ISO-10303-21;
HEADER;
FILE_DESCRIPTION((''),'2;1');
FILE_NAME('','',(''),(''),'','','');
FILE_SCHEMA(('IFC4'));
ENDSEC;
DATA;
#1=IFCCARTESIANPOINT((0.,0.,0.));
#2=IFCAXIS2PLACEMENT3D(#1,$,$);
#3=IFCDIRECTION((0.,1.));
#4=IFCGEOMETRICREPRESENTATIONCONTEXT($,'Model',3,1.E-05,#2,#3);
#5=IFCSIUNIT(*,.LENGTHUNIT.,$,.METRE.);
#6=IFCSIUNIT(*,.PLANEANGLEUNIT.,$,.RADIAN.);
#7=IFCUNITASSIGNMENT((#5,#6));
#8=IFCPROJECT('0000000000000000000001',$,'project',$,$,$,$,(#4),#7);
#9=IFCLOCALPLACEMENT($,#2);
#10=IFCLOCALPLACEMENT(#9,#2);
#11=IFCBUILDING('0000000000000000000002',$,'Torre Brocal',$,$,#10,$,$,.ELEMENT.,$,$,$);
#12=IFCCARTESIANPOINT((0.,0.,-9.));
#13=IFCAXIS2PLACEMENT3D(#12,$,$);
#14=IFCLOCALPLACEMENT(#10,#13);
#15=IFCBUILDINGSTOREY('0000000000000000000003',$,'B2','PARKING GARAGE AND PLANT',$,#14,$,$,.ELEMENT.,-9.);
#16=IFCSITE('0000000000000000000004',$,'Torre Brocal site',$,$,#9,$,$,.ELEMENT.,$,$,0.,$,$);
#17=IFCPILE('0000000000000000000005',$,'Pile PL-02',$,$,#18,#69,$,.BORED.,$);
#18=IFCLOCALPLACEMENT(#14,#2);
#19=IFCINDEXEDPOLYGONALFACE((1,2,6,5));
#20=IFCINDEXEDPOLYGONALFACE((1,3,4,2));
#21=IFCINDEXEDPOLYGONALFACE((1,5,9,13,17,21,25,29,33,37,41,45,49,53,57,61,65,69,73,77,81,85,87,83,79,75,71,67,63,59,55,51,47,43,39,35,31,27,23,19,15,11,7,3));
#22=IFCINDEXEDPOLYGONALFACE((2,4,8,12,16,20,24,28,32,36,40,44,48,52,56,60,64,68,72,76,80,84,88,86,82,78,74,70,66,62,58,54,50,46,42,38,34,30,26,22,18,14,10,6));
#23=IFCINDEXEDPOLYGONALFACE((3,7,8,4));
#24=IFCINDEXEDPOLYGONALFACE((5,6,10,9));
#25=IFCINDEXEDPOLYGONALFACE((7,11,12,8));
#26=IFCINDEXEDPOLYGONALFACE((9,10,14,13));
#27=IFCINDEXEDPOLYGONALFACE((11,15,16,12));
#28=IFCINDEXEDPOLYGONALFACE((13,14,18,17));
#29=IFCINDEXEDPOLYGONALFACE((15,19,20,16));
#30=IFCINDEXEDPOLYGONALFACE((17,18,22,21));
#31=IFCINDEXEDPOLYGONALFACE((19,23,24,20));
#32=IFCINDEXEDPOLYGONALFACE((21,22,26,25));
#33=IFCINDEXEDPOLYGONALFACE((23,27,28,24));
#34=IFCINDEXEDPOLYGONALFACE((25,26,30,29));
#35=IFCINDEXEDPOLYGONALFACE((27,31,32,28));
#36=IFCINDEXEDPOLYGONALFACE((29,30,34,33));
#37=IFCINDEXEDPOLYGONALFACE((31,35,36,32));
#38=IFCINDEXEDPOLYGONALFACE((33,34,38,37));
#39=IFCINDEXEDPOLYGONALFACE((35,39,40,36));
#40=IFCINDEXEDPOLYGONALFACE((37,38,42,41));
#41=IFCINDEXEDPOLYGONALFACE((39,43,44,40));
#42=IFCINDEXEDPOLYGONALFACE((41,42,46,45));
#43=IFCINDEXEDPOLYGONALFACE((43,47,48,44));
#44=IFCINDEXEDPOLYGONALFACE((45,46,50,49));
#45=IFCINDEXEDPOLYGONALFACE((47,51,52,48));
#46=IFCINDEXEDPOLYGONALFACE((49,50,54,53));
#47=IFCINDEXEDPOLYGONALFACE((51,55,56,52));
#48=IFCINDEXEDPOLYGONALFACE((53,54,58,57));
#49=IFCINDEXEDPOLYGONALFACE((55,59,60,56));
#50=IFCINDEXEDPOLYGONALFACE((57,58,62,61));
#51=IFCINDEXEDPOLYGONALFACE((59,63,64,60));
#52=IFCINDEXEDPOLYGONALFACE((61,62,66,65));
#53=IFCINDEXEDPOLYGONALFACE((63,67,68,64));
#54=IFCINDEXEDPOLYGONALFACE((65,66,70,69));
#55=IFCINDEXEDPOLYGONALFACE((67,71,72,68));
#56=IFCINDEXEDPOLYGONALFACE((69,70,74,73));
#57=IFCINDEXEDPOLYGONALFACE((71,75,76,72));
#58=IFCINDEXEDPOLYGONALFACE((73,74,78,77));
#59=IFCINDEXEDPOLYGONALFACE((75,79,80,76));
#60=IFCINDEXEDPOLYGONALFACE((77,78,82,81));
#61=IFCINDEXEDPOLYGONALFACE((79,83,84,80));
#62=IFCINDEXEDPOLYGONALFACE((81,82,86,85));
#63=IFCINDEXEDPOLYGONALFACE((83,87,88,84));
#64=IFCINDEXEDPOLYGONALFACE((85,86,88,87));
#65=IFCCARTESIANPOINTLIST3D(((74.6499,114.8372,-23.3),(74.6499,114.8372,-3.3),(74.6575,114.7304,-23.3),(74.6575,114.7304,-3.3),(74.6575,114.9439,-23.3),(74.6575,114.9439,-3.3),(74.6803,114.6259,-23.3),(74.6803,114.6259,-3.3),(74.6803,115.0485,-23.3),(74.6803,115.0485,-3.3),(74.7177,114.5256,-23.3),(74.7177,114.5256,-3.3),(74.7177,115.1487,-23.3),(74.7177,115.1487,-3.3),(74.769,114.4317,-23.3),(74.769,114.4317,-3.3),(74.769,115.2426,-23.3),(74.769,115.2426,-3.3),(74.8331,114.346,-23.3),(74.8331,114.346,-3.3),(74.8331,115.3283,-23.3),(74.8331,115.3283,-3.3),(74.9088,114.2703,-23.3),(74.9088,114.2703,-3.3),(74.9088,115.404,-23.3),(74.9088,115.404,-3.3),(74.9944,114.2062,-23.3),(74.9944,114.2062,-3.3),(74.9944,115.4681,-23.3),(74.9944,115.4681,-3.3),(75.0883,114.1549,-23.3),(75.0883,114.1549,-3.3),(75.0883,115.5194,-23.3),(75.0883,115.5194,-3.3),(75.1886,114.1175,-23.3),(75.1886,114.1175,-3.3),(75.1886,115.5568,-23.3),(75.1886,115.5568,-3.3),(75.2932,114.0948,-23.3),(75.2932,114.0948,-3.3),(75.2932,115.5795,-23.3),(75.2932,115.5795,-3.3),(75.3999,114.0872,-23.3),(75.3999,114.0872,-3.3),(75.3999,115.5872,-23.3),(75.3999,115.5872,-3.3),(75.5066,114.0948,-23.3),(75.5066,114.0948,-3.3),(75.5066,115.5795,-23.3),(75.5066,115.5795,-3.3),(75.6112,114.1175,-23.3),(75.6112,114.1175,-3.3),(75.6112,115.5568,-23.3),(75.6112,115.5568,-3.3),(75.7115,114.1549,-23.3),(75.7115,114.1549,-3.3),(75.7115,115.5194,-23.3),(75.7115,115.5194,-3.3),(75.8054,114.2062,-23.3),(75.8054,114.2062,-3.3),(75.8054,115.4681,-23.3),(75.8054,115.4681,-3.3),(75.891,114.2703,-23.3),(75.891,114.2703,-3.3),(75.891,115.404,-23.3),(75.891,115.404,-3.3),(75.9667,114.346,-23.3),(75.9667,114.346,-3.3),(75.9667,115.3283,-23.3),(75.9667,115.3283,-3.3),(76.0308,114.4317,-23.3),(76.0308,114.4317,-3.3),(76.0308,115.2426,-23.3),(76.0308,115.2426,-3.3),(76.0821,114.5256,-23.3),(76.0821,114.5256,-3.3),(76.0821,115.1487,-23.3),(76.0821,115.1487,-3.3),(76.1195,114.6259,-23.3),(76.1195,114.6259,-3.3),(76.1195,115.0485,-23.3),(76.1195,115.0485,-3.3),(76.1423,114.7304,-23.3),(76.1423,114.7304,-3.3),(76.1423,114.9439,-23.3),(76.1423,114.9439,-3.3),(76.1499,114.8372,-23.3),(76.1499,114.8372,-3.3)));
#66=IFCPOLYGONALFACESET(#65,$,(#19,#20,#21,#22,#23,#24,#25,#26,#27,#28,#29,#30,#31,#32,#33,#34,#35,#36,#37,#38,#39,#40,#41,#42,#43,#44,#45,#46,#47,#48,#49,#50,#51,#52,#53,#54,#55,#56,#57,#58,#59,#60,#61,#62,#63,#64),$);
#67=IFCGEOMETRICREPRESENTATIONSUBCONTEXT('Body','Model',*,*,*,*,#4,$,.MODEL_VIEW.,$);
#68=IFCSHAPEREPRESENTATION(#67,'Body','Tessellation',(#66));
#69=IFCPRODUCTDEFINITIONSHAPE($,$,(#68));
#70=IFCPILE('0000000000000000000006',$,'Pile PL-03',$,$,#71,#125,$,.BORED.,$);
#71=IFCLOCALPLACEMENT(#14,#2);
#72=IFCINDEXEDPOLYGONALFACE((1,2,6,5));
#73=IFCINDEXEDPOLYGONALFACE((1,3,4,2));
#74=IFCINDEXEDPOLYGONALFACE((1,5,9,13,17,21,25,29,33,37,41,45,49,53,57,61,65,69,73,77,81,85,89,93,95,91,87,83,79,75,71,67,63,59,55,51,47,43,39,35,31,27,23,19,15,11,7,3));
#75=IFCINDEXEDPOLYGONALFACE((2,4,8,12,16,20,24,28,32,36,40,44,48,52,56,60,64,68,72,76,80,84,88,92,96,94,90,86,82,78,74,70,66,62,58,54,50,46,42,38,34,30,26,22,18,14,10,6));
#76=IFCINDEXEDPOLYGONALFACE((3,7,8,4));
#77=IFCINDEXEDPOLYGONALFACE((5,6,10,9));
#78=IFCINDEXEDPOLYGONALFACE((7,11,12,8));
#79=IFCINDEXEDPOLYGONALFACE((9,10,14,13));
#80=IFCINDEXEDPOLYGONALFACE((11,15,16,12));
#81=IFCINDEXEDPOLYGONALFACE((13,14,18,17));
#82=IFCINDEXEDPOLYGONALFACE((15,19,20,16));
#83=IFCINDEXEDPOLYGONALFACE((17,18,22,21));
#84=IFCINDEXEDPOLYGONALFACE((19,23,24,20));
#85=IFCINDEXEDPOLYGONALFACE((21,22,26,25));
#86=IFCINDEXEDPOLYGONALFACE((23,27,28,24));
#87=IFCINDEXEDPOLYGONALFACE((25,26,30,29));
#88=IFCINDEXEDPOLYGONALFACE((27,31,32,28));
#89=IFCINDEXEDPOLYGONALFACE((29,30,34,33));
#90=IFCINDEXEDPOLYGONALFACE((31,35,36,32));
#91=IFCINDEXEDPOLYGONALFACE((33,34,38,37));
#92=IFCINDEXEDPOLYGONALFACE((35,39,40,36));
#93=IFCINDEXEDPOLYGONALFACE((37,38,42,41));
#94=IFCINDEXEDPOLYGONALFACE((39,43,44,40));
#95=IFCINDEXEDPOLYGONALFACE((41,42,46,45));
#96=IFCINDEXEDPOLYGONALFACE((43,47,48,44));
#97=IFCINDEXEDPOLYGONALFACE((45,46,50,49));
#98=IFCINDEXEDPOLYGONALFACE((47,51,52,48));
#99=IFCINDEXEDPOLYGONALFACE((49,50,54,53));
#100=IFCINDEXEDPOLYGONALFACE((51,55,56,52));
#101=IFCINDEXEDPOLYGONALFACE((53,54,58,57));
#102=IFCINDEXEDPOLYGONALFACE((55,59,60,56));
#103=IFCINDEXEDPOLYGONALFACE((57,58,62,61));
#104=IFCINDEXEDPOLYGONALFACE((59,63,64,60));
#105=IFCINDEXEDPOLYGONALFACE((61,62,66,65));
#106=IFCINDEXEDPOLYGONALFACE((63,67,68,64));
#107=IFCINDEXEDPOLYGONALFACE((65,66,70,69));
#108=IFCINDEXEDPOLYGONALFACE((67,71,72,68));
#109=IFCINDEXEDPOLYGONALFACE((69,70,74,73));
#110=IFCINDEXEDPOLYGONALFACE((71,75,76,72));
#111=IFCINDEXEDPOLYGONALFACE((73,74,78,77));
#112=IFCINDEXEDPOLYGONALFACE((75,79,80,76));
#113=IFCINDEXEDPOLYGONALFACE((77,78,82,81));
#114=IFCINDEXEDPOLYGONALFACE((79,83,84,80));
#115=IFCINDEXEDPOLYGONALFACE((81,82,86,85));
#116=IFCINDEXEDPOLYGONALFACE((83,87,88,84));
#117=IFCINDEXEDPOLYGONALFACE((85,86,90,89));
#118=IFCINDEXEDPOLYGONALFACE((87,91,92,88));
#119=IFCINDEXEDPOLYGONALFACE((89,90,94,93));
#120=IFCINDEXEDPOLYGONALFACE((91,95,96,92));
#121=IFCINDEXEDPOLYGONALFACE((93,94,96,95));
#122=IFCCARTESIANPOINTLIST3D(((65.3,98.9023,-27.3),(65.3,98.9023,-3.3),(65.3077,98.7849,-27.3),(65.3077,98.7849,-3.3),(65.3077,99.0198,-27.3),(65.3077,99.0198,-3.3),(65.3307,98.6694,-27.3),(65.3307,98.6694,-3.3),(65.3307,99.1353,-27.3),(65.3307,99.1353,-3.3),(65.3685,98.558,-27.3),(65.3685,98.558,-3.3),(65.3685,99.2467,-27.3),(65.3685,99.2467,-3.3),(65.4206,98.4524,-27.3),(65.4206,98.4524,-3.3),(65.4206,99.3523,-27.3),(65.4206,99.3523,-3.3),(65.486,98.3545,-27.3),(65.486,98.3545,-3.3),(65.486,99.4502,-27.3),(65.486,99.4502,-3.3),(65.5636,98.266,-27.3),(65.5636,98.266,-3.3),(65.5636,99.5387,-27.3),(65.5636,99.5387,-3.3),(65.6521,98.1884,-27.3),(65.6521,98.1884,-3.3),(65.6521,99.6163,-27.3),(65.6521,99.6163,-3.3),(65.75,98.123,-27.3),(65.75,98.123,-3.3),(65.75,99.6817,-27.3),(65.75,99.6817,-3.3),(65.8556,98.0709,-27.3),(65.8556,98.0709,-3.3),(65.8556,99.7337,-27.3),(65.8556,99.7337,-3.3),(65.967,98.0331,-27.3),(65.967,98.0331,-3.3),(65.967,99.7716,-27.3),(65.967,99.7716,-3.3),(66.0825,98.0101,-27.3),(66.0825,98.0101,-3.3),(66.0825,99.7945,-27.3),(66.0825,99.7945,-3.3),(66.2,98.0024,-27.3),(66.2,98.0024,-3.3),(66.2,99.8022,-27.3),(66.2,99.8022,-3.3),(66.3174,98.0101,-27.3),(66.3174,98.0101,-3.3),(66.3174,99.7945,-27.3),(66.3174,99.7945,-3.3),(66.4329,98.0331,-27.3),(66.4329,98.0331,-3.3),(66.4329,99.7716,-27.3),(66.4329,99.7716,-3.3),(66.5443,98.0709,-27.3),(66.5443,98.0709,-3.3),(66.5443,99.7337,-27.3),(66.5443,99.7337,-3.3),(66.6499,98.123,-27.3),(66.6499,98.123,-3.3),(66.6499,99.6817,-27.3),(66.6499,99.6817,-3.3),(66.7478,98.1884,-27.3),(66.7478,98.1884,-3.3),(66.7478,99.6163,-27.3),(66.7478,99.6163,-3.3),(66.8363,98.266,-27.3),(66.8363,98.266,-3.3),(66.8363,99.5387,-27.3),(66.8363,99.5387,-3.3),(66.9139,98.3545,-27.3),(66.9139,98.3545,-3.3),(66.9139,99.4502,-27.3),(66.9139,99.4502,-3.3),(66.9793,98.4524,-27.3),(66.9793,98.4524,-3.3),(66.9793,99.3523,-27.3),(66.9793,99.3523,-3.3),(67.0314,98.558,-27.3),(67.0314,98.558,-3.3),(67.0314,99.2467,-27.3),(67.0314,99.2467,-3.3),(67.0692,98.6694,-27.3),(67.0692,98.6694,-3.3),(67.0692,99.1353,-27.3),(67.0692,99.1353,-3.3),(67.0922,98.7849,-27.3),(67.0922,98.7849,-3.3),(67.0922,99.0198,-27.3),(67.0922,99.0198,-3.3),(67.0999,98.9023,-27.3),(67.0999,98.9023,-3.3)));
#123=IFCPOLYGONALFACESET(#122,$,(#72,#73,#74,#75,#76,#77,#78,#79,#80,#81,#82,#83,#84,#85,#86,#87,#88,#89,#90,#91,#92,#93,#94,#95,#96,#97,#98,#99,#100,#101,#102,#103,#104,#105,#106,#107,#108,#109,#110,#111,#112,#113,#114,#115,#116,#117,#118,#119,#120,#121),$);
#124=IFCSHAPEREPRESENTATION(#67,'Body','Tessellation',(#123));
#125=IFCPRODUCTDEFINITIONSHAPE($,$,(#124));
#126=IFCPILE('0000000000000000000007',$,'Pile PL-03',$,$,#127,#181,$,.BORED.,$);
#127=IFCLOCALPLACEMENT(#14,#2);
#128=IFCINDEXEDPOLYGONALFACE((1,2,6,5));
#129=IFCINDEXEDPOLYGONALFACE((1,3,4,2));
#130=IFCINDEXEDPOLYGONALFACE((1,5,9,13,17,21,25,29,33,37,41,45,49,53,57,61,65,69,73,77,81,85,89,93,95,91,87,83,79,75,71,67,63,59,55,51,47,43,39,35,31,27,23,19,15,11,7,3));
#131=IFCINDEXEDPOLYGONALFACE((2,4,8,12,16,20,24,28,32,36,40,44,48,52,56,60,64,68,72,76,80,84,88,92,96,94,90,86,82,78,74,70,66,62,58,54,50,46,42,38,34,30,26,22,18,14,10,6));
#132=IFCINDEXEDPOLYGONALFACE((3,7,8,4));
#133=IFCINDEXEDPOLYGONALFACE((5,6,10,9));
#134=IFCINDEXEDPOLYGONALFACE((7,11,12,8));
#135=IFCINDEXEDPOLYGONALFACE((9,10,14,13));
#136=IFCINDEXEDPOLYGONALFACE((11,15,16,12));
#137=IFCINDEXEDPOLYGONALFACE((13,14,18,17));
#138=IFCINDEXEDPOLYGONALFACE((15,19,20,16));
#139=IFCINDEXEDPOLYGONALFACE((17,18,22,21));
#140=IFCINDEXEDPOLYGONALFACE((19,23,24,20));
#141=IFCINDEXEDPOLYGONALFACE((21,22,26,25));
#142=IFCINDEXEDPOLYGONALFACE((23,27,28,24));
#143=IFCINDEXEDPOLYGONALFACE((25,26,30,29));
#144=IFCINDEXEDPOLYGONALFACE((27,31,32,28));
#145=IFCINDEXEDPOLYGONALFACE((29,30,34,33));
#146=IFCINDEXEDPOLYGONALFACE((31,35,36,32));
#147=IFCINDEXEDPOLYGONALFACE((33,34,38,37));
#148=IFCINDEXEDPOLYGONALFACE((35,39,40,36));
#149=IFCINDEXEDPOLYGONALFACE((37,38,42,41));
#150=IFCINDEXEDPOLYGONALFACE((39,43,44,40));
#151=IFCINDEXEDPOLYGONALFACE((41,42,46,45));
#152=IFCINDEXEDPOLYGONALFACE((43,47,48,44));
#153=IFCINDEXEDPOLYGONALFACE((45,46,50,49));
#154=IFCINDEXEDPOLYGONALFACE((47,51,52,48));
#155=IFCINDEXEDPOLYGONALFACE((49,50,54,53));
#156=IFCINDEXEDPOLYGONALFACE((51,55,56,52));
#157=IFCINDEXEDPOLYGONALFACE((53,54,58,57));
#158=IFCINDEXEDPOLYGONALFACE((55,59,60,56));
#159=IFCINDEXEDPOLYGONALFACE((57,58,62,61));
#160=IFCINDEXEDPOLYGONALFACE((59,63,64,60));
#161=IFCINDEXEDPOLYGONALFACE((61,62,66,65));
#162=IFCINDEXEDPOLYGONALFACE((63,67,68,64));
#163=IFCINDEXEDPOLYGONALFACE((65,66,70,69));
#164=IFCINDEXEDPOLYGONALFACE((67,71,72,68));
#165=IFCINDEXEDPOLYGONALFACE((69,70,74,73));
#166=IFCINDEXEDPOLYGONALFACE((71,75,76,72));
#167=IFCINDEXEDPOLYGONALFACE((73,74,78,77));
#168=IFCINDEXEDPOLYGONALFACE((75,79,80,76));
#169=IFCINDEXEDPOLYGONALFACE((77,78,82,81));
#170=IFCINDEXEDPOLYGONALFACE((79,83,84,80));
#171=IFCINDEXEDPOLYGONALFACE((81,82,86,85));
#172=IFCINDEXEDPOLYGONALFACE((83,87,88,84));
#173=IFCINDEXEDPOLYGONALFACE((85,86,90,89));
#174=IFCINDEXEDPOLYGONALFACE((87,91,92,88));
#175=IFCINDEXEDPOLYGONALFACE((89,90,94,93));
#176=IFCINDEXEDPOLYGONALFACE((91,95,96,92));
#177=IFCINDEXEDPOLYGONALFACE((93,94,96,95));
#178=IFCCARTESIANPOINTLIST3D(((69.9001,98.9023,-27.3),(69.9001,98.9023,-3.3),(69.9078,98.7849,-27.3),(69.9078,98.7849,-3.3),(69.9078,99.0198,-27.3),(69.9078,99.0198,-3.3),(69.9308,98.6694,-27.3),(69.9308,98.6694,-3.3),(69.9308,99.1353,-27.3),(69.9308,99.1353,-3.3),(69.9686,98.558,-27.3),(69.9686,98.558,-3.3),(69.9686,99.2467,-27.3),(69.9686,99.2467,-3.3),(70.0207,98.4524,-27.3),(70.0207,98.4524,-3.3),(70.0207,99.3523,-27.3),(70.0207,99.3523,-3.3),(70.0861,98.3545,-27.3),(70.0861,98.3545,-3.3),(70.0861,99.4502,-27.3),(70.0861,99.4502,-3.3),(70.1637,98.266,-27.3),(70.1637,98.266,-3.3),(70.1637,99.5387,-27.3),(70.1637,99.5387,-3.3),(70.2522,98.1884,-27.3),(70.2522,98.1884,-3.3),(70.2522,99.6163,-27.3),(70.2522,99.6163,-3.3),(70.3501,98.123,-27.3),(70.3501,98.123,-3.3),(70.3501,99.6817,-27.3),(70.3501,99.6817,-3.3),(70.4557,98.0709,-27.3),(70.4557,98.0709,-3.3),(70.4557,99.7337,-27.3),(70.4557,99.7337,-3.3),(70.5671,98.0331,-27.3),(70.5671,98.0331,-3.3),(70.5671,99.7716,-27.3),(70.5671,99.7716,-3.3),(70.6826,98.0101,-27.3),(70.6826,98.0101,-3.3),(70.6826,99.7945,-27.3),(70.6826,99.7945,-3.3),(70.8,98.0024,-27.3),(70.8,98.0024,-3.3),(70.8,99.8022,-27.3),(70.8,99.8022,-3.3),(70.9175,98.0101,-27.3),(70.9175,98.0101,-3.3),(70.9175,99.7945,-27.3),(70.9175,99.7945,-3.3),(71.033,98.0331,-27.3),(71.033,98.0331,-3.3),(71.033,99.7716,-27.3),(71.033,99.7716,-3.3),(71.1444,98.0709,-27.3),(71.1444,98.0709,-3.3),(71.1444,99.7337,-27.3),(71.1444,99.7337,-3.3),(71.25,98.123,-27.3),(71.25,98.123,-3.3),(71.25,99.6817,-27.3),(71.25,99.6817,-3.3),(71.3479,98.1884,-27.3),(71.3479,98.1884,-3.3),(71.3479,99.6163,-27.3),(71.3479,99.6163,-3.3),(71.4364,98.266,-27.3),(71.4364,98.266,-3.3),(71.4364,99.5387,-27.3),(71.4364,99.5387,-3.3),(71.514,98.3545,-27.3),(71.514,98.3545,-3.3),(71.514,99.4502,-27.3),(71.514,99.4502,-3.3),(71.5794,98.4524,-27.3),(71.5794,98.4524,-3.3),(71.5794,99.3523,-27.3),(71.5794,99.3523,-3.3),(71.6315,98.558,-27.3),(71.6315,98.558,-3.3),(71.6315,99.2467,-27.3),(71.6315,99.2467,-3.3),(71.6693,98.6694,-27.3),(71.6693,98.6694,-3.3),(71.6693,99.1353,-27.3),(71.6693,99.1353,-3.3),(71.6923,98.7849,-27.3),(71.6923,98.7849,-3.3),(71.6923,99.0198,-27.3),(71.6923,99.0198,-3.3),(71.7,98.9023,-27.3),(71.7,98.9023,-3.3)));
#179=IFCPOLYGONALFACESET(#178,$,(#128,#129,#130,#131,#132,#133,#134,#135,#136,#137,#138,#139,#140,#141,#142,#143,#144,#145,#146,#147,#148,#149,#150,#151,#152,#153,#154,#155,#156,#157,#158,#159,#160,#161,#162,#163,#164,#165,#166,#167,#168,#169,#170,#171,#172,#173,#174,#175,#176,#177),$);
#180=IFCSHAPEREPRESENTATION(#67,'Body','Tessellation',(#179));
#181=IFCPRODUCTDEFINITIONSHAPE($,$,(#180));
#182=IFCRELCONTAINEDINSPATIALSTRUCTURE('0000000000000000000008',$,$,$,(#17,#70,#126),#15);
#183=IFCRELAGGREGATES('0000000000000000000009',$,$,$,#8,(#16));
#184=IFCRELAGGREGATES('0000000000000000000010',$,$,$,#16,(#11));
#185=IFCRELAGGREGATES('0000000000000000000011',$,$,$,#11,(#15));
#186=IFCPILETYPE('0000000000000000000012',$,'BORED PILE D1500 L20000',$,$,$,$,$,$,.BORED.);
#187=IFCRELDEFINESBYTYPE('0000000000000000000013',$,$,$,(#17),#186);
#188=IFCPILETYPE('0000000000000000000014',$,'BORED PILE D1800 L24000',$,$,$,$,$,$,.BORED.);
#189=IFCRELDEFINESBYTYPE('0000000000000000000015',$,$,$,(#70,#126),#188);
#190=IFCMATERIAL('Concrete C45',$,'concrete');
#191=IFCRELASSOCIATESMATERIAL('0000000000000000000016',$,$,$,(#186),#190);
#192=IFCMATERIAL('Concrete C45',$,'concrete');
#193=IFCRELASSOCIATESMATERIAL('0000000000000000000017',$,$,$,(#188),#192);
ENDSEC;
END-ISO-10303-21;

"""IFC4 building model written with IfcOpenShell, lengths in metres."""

from ifc_helpers import new_model, si_unit, direction, frame, origin, origin_2d, place, context, subcontext, project, spatial, circle, extrude, material, material_profile, profile_set, type_object, element, save


model = new_model("IFC4")

# Units and contexts
model_context = context("Model", 3, precision=1e-05, world=origin(), true_north=direction((0.0, 1.0)))
body_context = subcontext(model_context, "Body", "Model", "MODEL_VIEW")
ifc_project = project(units=[si_unit("LENGTHUNIT", "METRE"), si_unit("PLANEANGLEUNIT", "RADIAN")], contexts=[model_context])

# Site, building, storey
site_placement = place(None, origin())
site = spatial("IfcSite", under=ifc_project, at=site_placement, Name="Torre Brocal site", CompositionType="ELEMENT", RefElevation=0.0)
building_placement = place(site_placement, origin())
building = spatial("IfcBuilding", under=site, at=building_placement, Name="Torre Brocal", CompositionType="ELEMENT")
storey_placement = place(building_placement, frame((0.0, 0.0, -9.0)))
storey = spatial("IfcBuildingStorey", under=building, at=storey_placement, Name="B2", Description="PARKING GARAGE AND PLANT", CompositionType="ELEMENT", Elevation=-9.0)

# Piles
ifc_material_1 = material(Name="Concrete C45", Category="concrete")
ifc_material_profile_1 = material_profile(ifc_material_1, circle(Radius=0.75, at=origin_2d()), Name="BORED PILE D1500")
ifc_profile_set_1 = profile_set([ifc_material_profile_1], Name="Concrete C45")
pile_type_1 = type_object("IfcPileType", Name="BORED PILE D1500 L20000", PredefinedType="BORED", material=ifc_profile_set_1)
for number, where, z_axis, x_axis, name in (
    (1, (75.3999, 114.8372, -3.3), (0.0, 0.0, -1.0), (1.0, 0.0, 0.0), "Pile PL-02"),
):
    element("IfcPile", number, at=place(storey_placement, frame(where, z_axis=z_axis, x_axis=x_axis)), inside=storey, type_object=pile_type_1, Name=name, PredefinedType="BORED", context=body_context, shape_type="SweptSolid", body=[
        extrude(circle(Radius=0.75, at=origin_2d()), origin(), (0.0, 0.0, 1.0), 20.0),
    ])
ifc_material_2 = material(Name="Concrete C45", Category="concrete")
ifc_material_profile_2 = material_profile(ifc_material_2, circle(Radius=0.8999, at=origin_2d()), Name="BORED PILE D1800")
ifc_profile_set_2 = profile_set([ifc_material_profile_2], Name="Concrete C45")
pile_type_2 = type_object("IfcPileType", Name="BORED PILE D1800 L24000", PredefinedType="BORED", material=ifc_profile_set_2)
for number, where, z_axis, x_axis, name in (
    (2, (66.2, 98.9023, -3.3), (0.0, 0.0, -1.0), (1.0, 0.0, 0.0), "Pile PL-03"),
    (3, (70.8, 98.9023, -3.3), (0.0, 0.0, -1.0), (1.0, 0.0, 0.0), "Pile PL-03"),
):
    element("IfcPile", number, at=place(storey_placement, frame(where, z_axis=z_axis, x_axis=x_axis)), inside=storey, type_object=pile_type_2, Name=name, PredefinedType="BORED", context=body_context, shape_type="SweptSolid", body=[
        extrude(circle(Radius=0.8999, at=origin_2d()), origin(), (0.0, 0.0, 1.0), 24.0),
    ])

save(model, "model.ifc")
